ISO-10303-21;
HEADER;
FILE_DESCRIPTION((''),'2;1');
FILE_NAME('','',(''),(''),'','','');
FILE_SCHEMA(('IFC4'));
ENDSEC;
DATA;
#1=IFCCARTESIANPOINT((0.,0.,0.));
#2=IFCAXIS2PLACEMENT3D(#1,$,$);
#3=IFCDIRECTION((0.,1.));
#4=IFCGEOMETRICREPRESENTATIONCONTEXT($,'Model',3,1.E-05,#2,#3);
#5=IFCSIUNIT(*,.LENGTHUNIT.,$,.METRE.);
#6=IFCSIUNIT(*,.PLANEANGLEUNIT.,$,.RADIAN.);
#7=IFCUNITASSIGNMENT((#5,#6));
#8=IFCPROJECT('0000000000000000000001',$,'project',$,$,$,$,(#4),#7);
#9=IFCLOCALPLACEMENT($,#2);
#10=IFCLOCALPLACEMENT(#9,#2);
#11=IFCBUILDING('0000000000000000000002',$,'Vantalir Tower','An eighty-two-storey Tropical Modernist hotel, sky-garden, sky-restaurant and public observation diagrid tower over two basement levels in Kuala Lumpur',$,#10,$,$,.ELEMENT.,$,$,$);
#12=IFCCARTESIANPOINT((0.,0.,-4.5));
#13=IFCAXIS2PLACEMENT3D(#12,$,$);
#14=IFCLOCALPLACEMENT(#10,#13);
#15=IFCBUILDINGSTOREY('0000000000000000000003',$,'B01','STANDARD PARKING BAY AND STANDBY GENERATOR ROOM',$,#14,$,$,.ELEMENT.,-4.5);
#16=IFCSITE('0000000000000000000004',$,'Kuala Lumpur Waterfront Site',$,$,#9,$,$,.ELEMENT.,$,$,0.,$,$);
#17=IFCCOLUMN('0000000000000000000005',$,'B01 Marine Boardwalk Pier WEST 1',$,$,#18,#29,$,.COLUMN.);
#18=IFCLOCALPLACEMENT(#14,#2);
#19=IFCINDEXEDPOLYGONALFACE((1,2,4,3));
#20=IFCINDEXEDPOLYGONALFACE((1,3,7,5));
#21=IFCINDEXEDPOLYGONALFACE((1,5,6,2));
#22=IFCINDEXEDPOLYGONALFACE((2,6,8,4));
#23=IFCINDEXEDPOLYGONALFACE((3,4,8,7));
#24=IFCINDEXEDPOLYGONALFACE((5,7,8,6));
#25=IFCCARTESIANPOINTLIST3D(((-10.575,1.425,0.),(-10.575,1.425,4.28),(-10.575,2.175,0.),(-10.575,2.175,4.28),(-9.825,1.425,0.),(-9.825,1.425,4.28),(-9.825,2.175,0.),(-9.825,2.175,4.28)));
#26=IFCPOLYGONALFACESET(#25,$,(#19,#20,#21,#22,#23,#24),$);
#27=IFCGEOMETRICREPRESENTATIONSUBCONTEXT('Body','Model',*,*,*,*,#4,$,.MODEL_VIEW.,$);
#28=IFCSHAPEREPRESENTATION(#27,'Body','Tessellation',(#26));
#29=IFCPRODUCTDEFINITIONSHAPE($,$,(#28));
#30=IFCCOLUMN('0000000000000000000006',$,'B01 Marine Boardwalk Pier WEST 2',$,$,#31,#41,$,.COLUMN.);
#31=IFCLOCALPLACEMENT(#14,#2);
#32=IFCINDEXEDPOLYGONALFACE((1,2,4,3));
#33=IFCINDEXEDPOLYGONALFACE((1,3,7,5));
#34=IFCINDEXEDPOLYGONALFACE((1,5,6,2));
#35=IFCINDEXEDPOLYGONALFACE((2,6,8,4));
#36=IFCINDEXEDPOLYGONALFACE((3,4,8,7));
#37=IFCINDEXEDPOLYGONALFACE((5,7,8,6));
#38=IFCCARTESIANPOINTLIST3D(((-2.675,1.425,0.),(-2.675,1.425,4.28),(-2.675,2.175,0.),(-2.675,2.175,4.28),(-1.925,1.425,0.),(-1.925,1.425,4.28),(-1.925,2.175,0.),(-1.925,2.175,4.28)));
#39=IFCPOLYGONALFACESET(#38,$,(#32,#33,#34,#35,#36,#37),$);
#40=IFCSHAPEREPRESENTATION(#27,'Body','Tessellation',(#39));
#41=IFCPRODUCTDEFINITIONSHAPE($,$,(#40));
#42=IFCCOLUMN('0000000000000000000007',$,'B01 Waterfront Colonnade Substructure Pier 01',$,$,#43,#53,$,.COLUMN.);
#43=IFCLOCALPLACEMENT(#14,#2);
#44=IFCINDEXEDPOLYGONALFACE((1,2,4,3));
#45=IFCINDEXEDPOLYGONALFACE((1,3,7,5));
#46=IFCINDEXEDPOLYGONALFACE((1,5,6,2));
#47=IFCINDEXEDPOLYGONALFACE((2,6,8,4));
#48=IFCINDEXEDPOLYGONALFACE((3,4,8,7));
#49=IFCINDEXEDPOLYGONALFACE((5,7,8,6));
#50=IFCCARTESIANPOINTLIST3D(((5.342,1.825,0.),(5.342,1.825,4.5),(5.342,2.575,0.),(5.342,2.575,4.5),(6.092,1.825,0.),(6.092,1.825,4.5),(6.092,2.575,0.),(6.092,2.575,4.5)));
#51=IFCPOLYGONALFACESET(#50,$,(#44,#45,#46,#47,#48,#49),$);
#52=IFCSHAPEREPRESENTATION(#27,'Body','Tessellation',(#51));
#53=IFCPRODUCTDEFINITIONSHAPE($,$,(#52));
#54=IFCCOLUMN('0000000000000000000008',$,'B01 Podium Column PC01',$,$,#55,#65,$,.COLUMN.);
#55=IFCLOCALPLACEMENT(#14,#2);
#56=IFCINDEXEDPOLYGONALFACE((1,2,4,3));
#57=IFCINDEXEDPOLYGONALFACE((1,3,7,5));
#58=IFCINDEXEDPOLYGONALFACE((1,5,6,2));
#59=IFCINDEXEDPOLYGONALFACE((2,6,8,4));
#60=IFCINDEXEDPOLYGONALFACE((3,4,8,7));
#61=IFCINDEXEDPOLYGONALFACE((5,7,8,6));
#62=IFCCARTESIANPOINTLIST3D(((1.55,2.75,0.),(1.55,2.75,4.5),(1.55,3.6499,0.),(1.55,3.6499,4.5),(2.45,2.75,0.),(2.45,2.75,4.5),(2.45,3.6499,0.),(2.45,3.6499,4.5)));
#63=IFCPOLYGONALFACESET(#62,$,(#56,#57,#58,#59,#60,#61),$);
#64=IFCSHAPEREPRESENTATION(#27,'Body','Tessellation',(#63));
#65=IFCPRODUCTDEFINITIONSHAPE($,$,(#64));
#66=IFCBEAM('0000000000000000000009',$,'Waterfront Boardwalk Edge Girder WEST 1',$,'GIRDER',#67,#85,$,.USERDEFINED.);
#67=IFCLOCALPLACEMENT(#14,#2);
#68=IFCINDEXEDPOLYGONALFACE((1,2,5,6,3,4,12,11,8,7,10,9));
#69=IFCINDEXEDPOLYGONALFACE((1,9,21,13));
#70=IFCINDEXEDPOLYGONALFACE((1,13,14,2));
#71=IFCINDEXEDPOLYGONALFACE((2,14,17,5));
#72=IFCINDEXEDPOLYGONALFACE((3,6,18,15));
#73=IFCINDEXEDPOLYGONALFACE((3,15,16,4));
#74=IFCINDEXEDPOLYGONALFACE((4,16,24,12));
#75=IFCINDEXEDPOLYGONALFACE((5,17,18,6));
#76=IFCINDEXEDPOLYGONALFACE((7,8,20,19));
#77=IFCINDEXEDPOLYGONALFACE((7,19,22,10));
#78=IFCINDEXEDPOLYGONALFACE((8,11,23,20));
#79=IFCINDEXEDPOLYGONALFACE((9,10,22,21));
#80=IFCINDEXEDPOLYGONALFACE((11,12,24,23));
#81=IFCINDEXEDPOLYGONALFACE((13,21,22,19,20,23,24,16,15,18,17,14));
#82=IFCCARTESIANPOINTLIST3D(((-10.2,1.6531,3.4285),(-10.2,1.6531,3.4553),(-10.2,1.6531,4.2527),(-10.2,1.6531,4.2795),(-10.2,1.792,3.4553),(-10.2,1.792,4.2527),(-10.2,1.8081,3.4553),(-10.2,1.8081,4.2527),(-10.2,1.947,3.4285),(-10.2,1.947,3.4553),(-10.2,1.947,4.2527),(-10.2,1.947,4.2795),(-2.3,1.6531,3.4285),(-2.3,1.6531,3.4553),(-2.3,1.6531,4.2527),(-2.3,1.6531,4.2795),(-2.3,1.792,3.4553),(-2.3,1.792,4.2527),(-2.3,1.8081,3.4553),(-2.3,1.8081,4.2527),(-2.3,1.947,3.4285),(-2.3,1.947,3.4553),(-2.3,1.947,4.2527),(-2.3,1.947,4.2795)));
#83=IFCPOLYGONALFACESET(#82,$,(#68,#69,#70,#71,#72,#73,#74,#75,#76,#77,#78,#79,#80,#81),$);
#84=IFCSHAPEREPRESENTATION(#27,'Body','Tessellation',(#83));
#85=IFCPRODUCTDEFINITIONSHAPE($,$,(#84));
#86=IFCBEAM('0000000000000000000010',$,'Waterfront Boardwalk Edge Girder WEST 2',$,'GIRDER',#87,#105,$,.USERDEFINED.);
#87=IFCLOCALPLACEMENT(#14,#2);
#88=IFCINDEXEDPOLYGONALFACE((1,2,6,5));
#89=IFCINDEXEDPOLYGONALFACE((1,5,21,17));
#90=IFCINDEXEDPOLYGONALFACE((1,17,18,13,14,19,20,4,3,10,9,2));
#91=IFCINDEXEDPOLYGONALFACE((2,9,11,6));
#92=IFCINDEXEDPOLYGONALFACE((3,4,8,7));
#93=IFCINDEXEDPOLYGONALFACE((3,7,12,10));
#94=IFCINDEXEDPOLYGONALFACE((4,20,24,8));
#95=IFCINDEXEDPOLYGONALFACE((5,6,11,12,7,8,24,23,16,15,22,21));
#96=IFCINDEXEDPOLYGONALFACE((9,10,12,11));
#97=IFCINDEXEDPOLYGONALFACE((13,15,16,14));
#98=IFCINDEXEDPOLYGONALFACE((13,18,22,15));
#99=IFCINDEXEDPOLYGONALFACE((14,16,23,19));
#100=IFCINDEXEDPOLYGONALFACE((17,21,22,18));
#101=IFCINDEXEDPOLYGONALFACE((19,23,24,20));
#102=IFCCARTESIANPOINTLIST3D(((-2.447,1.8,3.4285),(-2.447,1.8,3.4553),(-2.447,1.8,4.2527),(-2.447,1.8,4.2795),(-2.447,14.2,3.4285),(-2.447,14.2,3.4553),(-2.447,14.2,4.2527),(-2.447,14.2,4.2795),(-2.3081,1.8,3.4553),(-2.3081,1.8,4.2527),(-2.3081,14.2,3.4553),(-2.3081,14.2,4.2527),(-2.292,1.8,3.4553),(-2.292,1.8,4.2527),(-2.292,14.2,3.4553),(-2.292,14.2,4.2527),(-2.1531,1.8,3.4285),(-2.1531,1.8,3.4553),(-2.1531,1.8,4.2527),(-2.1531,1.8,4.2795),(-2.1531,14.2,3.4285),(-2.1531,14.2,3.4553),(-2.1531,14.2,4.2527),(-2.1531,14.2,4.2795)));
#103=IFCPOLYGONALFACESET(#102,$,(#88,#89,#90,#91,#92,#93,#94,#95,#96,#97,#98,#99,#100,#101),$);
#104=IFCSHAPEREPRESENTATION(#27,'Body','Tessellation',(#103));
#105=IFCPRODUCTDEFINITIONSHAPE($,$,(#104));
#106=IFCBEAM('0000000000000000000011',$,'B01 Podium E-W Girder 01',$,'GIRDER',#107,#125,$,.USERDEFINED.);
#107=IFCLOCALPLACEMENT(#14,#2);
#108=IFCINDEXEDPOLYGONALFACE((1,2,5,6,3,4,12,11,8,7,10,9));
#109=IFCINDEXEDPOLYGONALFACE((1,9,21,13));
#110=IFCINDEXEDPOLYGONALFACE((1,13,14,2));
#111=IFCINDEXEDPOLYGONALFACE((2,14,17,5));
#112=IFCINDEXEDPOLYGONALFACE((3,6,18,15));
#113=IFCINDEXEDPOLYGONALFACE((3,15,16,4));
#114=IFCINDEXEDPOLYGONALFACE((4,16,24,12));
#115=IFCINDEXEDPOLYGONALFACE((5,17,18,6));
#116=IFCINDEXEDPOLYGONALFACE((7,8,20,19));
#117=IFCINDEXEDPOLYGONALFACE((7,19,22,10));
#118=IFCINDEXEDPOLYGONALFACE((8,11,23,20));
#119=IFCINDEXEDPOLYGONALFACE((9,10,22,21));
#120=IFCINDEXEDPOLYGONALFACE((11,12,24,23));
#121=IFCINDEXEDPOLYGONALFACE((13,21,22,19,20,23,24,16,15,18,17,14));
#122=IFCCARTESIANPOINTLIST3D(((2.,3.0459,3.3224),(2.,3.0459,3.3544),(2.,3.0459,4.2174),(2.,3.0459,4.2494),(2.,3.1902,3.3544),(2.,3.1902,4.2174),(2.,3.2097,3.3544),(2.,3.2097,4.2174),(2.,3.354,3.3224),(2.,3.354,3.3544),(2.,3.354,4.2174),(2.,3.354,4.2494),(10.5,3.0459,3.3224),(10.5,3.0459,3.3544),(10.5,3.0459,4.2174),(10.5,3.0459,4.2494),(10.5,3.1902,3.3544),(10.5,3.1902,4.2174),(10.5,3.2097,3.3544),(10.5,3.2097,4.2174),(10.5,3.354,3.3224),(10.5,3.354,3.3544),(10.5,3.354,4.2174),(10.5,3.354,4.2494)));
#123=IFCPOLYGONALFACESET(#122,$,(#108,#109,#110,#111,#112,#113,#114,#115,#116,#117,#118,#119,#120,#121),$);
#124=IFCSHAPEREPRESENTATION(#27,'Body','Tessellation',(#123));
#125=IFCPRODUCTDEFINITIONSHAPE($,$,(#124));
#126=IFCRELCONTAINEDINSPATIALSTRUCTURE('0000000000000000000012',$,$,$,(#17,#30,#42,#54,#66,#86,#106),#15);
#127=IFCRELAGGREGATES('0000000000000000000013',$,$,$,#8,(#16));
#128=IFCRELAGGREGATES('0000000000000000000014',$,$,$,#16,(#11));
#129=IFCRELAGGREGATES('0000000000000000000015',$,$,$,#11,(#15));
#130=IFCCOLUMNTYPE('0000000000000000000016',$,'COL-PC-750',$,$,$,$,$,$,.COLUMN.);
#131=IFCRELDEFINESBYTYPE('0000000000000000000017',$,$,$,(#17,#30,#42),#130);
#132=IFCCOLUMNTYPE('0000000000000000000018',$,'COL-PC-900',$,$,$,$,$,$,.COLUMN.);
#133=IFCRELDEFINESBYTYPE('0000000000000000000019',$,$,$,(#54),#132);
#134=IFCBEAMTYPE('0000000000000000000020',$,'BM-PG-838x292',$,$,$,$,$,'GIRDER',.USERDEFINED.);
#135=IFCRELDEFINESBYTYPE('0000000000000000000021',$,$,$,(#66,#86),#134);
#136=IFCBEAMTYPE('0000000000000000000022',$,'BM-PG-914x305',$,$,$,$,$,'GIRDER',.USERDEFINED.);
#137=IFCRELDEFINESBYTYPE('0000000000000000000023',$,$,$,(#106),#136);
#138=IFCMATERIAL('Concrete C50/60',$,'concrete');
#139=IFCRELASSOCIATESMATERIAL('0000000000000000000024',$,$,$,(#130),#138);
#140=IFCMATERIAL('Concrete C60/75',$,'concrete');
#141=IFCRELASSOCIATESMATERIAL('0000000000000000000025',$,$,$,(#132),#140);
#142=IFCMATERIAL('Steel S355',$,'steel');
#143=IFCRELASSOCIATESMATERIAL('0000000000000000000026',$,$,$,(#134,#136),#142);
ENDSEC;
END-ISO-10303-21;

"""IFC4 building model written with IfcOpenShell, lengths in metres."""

from ifc_helpers import new_model, si_unit, direction, frame, origin, origin_2d, place, context, subcontext, project, spatial, rectangle, i_section, extrude, material, material_profile, profile_set, type_object, element, save


model = new_model("IFC4")

# Units and contexts
model_context = context("Model", 3, precision=1e-05, world=origin(), true_north=direction((0.0, 1.0)))
body_context = subcontext(model_context, "Body", "Model", "MODEL_VIEW")
ifc_project = project(units=[si_unit("LENGTHUNIT", "METRE"), si_unit("PLANEANGLEUNIT", "RADIAN")], contexts=[model_context])

# Site, building, storey
site_placement = place(None, origin())
site = spatial("IfcSite", under=ifc_project, at=site_placement, Name="Kuala Lumpur Waterfront Site", CompositionType="ELEMENT", RefElevation=0.0)
building_placement = place(site_placement, origin())
building = spatial("IfcBuilding", under=site, at=building_placement, Name="Vantalir Tower", Description="An eighty-two-storey Tropical Modernist hotel, sky-garden, sky-restaurant and public observation diagrid tower over two basement levels in Kuala Lumpur", CompositionType="ELEMENT")
storey_placement = place(building_placement, frame((0.0, 0.0, -4.5)))
storey = spatial("IfcBuildingStorey", under=building, at=storey_placement, Name="B01", Description="STANDARD PARKING BAY AND STANDBY GENERATOR ROOM", CompositionType="ELEMENT", Elevation=-4.5)

# Columns
ifc_material_1 = material(Name="Concrete C50/60", Category="concrete")
ifc_material_profile_1 = material_profile(ifc_material_1, rectangle(XDim=0.75, YDim=0.75, at=origin_2d()), Name="Concrete C50/60")
ifc_profile_set_1 = profile_set([ifc_material_profile_1], Name="Concrete C50/60")
column_type_1 = type_object("IfcColumnType", Name="COL-PC-750", PredefinedType="COLUMN", material=ifc_profile_set_1)
for number, where, z_axis, x_axis, name in (
    (1, (-10.2, 1.8, 0.0), (0.0, 0.0, 1.0), (1.0, 0.0, 0.0), "B01 Marine Boardwalk Pier WEST 1"),
    (2, (-2.3, 1.8, 0.0), (0.0, 0.0, 1.0), (1.0, 0.0, 0.0), "B01 Marine Boardwalk Pier WEST 2"),
):
    element("IfcColumn", number, at=place(storey_placement, frame(where, z_axis=z_axis, x_axis=x_axis)), inside=storey, type_object=column_type_1, Name=name, PredefinedType="COLUMN", context=body_context, shape_type="SweptSolid", body=[
        extrude(rectangle(XDim=0.75, YDim=0.75, at=origin_2d()), origin(), (0.0, 0.0, 1.0), 4.28),
    ])
column_1_placement = place(storey_placement, frame((5.717, 2.2, 0.0), z_axis=(0.0, 0.0, 1.0), x_axis=(1.0, 0.0, 0.0)))
element("IfcColumn", 3, at=column_1_placement, inside=storey, type_object=column_type_1, Name="B01 Waterfront Colonnade Substructure Pier 01", PredefinedType="COLUMN", context=body_context, shape_type="SweptSolid", body=[
    extrude(rectangle(XDim=0.75, YDim=0.75, at=origin_2d()), origin(), (0.0, 0.0, 1.0), 4.5),
])
ifc_material_2 = material(Name="Concrete C60/75", Category="concrete")
ifc_material_profile_2 = material_profile(ifc_material_2, rectangle(XDim=0.8999, YDim=0.8999, at=origin_2d()), Name="Concrete C60/75")
ifc_profile_set_2 = profile_set([ifc_material_profile_2], Name="Concrete C60/75")
column_type_2 = type_object("IfcColumnType", Name="COL-PC-900", PredefinedType="COLUMN", material=ifc_profile_set_2)
column_2_placement = place(storey_placement, frame((2.0, 3.2, 0.0), z_axis=(0.0, 0.0, 1.0), x_axis=(1.0, 0.0, 0.0)))
element("IfcColumn", 4, at=column_2_placement, inside=storey, type_object=column_type_2, Name="B01 Podium Column PC01", PredefinedType="COLUMN", context=body_context, shape_type="SweptSolid", body=[
    extrude(rectangle(XDim=0.8999, YDim=0.8999, at=origin_2d()), origin(), (0.0, 0.0, 1.0), 4.5),
])

# Beams
ifc_material_3 = material(Name="Steel S355", Category="steel")
ifc_material_profile_3 = material_profile(ifc_material_3, i_section(OverallWidth=0.2939, OverallDepth=0.8511, WebThickness=0.0161, FlangeThickness=0.0269, at=origin_2d()), Name="Steel S355")
ifc_profile_set_3 = profile_set([ifc_material_profile_3], Name="Steel S355")
beam_type_1 = type_object("IfcBeamType", Name="BM-PG-838x292", ElementType="GIRDER", PredefinedType="USERDEFINED", material=ifc_profile_set_3)
beam_1_placement = place(storey_placement, frame((-10.2, 1.8, 3.854), z_axis=(1.0, 0.0, 0.0), x_axis=(0.0, 1.0, 0.0)))
element("IfcBeam", 5, at=beam_1_placement, inside=storey, type_object=beam_type_1, Name="Waterfront Boardwalk Edge Girder WEST 1", ObjectType="GIRDER", PredefinedType="USERDEFINED", context=body_context, shape_type="SweptSolid", body=[
    extrude(i_section(OverallWidth=0.2939, OverallDepth=0.8511, WebThickness=0.0161, FlangeThickness=0.0269, at=origin_2d()), origin(), (0.0, 0.0, 1.0), 7.8999),
])
beam_2_placement = place(storey_placement, frame((-2.3, 1.8, 3.854), z_axis=(0.0, 1.0, 0.0), x_axis=(-1.0, 0.0, 0.0)))
element("IfcBeam", 6, at=beam_2_placement, inside=storey, type_object=beam_type_1, Name="Waterfront Boardwalk Edge Girder WEST 2", ObjectType="GIRDER", PredefinedType="USERDEFINED", context=body_context, shape_type="SweptSolid", body=[
    extrude(i_section(OverallWidth=0.2939, OverallDepth=0.8511, WebThickness=0.0161, FlangeThickness=0.0269, at=origin_2d()), origin(), (0.0, 0.0, 1.0), 12.3999),
])
ifc_material_profile_4 = material_profile(ifc_material_3, i_section(OverallWidth=0.3081, OverallDepth=0.927, WebThickness=0.0195, FlangeThickness=0.032, at=origin_2d()), Name="Steel S355")
ifc_profile_set_4 = profile_set([ifc_material_profile_4], Name="Steel S355")
beam_type_2 = type_object("IfcBeamType", Name="BM-PG-914x305", ElementType="GIRDER", PredefinedType="USERDEFINED", material=ifc_profile_set_4)
beam_3_placement = place(storey_placement, frame((2.0, 3.2, 3.7859), z_axis=(1.0, 0.0, 0.0), x_axis=(0.0, 1.0, 0.0)))
element("IfcBeam", 7, at=beam_3_placement, inside=storey, type_object=beam_type_2, Name="B01 Podium E-W Girder 01", ObjectType="GIRDER", PredefinedType="USERDEFINED", context=body_context, shape_type="SweptSolid", body=[
    extrude(i_section(OverallWidth=0.3081, OverallDepth=0.927, WebThickness=0.0195, FlangeThickness=0.032, at=origin_2d()), origin(), (0.0, 0.0, 1.0), 8.5),
])

save(model, "model.ifc")
